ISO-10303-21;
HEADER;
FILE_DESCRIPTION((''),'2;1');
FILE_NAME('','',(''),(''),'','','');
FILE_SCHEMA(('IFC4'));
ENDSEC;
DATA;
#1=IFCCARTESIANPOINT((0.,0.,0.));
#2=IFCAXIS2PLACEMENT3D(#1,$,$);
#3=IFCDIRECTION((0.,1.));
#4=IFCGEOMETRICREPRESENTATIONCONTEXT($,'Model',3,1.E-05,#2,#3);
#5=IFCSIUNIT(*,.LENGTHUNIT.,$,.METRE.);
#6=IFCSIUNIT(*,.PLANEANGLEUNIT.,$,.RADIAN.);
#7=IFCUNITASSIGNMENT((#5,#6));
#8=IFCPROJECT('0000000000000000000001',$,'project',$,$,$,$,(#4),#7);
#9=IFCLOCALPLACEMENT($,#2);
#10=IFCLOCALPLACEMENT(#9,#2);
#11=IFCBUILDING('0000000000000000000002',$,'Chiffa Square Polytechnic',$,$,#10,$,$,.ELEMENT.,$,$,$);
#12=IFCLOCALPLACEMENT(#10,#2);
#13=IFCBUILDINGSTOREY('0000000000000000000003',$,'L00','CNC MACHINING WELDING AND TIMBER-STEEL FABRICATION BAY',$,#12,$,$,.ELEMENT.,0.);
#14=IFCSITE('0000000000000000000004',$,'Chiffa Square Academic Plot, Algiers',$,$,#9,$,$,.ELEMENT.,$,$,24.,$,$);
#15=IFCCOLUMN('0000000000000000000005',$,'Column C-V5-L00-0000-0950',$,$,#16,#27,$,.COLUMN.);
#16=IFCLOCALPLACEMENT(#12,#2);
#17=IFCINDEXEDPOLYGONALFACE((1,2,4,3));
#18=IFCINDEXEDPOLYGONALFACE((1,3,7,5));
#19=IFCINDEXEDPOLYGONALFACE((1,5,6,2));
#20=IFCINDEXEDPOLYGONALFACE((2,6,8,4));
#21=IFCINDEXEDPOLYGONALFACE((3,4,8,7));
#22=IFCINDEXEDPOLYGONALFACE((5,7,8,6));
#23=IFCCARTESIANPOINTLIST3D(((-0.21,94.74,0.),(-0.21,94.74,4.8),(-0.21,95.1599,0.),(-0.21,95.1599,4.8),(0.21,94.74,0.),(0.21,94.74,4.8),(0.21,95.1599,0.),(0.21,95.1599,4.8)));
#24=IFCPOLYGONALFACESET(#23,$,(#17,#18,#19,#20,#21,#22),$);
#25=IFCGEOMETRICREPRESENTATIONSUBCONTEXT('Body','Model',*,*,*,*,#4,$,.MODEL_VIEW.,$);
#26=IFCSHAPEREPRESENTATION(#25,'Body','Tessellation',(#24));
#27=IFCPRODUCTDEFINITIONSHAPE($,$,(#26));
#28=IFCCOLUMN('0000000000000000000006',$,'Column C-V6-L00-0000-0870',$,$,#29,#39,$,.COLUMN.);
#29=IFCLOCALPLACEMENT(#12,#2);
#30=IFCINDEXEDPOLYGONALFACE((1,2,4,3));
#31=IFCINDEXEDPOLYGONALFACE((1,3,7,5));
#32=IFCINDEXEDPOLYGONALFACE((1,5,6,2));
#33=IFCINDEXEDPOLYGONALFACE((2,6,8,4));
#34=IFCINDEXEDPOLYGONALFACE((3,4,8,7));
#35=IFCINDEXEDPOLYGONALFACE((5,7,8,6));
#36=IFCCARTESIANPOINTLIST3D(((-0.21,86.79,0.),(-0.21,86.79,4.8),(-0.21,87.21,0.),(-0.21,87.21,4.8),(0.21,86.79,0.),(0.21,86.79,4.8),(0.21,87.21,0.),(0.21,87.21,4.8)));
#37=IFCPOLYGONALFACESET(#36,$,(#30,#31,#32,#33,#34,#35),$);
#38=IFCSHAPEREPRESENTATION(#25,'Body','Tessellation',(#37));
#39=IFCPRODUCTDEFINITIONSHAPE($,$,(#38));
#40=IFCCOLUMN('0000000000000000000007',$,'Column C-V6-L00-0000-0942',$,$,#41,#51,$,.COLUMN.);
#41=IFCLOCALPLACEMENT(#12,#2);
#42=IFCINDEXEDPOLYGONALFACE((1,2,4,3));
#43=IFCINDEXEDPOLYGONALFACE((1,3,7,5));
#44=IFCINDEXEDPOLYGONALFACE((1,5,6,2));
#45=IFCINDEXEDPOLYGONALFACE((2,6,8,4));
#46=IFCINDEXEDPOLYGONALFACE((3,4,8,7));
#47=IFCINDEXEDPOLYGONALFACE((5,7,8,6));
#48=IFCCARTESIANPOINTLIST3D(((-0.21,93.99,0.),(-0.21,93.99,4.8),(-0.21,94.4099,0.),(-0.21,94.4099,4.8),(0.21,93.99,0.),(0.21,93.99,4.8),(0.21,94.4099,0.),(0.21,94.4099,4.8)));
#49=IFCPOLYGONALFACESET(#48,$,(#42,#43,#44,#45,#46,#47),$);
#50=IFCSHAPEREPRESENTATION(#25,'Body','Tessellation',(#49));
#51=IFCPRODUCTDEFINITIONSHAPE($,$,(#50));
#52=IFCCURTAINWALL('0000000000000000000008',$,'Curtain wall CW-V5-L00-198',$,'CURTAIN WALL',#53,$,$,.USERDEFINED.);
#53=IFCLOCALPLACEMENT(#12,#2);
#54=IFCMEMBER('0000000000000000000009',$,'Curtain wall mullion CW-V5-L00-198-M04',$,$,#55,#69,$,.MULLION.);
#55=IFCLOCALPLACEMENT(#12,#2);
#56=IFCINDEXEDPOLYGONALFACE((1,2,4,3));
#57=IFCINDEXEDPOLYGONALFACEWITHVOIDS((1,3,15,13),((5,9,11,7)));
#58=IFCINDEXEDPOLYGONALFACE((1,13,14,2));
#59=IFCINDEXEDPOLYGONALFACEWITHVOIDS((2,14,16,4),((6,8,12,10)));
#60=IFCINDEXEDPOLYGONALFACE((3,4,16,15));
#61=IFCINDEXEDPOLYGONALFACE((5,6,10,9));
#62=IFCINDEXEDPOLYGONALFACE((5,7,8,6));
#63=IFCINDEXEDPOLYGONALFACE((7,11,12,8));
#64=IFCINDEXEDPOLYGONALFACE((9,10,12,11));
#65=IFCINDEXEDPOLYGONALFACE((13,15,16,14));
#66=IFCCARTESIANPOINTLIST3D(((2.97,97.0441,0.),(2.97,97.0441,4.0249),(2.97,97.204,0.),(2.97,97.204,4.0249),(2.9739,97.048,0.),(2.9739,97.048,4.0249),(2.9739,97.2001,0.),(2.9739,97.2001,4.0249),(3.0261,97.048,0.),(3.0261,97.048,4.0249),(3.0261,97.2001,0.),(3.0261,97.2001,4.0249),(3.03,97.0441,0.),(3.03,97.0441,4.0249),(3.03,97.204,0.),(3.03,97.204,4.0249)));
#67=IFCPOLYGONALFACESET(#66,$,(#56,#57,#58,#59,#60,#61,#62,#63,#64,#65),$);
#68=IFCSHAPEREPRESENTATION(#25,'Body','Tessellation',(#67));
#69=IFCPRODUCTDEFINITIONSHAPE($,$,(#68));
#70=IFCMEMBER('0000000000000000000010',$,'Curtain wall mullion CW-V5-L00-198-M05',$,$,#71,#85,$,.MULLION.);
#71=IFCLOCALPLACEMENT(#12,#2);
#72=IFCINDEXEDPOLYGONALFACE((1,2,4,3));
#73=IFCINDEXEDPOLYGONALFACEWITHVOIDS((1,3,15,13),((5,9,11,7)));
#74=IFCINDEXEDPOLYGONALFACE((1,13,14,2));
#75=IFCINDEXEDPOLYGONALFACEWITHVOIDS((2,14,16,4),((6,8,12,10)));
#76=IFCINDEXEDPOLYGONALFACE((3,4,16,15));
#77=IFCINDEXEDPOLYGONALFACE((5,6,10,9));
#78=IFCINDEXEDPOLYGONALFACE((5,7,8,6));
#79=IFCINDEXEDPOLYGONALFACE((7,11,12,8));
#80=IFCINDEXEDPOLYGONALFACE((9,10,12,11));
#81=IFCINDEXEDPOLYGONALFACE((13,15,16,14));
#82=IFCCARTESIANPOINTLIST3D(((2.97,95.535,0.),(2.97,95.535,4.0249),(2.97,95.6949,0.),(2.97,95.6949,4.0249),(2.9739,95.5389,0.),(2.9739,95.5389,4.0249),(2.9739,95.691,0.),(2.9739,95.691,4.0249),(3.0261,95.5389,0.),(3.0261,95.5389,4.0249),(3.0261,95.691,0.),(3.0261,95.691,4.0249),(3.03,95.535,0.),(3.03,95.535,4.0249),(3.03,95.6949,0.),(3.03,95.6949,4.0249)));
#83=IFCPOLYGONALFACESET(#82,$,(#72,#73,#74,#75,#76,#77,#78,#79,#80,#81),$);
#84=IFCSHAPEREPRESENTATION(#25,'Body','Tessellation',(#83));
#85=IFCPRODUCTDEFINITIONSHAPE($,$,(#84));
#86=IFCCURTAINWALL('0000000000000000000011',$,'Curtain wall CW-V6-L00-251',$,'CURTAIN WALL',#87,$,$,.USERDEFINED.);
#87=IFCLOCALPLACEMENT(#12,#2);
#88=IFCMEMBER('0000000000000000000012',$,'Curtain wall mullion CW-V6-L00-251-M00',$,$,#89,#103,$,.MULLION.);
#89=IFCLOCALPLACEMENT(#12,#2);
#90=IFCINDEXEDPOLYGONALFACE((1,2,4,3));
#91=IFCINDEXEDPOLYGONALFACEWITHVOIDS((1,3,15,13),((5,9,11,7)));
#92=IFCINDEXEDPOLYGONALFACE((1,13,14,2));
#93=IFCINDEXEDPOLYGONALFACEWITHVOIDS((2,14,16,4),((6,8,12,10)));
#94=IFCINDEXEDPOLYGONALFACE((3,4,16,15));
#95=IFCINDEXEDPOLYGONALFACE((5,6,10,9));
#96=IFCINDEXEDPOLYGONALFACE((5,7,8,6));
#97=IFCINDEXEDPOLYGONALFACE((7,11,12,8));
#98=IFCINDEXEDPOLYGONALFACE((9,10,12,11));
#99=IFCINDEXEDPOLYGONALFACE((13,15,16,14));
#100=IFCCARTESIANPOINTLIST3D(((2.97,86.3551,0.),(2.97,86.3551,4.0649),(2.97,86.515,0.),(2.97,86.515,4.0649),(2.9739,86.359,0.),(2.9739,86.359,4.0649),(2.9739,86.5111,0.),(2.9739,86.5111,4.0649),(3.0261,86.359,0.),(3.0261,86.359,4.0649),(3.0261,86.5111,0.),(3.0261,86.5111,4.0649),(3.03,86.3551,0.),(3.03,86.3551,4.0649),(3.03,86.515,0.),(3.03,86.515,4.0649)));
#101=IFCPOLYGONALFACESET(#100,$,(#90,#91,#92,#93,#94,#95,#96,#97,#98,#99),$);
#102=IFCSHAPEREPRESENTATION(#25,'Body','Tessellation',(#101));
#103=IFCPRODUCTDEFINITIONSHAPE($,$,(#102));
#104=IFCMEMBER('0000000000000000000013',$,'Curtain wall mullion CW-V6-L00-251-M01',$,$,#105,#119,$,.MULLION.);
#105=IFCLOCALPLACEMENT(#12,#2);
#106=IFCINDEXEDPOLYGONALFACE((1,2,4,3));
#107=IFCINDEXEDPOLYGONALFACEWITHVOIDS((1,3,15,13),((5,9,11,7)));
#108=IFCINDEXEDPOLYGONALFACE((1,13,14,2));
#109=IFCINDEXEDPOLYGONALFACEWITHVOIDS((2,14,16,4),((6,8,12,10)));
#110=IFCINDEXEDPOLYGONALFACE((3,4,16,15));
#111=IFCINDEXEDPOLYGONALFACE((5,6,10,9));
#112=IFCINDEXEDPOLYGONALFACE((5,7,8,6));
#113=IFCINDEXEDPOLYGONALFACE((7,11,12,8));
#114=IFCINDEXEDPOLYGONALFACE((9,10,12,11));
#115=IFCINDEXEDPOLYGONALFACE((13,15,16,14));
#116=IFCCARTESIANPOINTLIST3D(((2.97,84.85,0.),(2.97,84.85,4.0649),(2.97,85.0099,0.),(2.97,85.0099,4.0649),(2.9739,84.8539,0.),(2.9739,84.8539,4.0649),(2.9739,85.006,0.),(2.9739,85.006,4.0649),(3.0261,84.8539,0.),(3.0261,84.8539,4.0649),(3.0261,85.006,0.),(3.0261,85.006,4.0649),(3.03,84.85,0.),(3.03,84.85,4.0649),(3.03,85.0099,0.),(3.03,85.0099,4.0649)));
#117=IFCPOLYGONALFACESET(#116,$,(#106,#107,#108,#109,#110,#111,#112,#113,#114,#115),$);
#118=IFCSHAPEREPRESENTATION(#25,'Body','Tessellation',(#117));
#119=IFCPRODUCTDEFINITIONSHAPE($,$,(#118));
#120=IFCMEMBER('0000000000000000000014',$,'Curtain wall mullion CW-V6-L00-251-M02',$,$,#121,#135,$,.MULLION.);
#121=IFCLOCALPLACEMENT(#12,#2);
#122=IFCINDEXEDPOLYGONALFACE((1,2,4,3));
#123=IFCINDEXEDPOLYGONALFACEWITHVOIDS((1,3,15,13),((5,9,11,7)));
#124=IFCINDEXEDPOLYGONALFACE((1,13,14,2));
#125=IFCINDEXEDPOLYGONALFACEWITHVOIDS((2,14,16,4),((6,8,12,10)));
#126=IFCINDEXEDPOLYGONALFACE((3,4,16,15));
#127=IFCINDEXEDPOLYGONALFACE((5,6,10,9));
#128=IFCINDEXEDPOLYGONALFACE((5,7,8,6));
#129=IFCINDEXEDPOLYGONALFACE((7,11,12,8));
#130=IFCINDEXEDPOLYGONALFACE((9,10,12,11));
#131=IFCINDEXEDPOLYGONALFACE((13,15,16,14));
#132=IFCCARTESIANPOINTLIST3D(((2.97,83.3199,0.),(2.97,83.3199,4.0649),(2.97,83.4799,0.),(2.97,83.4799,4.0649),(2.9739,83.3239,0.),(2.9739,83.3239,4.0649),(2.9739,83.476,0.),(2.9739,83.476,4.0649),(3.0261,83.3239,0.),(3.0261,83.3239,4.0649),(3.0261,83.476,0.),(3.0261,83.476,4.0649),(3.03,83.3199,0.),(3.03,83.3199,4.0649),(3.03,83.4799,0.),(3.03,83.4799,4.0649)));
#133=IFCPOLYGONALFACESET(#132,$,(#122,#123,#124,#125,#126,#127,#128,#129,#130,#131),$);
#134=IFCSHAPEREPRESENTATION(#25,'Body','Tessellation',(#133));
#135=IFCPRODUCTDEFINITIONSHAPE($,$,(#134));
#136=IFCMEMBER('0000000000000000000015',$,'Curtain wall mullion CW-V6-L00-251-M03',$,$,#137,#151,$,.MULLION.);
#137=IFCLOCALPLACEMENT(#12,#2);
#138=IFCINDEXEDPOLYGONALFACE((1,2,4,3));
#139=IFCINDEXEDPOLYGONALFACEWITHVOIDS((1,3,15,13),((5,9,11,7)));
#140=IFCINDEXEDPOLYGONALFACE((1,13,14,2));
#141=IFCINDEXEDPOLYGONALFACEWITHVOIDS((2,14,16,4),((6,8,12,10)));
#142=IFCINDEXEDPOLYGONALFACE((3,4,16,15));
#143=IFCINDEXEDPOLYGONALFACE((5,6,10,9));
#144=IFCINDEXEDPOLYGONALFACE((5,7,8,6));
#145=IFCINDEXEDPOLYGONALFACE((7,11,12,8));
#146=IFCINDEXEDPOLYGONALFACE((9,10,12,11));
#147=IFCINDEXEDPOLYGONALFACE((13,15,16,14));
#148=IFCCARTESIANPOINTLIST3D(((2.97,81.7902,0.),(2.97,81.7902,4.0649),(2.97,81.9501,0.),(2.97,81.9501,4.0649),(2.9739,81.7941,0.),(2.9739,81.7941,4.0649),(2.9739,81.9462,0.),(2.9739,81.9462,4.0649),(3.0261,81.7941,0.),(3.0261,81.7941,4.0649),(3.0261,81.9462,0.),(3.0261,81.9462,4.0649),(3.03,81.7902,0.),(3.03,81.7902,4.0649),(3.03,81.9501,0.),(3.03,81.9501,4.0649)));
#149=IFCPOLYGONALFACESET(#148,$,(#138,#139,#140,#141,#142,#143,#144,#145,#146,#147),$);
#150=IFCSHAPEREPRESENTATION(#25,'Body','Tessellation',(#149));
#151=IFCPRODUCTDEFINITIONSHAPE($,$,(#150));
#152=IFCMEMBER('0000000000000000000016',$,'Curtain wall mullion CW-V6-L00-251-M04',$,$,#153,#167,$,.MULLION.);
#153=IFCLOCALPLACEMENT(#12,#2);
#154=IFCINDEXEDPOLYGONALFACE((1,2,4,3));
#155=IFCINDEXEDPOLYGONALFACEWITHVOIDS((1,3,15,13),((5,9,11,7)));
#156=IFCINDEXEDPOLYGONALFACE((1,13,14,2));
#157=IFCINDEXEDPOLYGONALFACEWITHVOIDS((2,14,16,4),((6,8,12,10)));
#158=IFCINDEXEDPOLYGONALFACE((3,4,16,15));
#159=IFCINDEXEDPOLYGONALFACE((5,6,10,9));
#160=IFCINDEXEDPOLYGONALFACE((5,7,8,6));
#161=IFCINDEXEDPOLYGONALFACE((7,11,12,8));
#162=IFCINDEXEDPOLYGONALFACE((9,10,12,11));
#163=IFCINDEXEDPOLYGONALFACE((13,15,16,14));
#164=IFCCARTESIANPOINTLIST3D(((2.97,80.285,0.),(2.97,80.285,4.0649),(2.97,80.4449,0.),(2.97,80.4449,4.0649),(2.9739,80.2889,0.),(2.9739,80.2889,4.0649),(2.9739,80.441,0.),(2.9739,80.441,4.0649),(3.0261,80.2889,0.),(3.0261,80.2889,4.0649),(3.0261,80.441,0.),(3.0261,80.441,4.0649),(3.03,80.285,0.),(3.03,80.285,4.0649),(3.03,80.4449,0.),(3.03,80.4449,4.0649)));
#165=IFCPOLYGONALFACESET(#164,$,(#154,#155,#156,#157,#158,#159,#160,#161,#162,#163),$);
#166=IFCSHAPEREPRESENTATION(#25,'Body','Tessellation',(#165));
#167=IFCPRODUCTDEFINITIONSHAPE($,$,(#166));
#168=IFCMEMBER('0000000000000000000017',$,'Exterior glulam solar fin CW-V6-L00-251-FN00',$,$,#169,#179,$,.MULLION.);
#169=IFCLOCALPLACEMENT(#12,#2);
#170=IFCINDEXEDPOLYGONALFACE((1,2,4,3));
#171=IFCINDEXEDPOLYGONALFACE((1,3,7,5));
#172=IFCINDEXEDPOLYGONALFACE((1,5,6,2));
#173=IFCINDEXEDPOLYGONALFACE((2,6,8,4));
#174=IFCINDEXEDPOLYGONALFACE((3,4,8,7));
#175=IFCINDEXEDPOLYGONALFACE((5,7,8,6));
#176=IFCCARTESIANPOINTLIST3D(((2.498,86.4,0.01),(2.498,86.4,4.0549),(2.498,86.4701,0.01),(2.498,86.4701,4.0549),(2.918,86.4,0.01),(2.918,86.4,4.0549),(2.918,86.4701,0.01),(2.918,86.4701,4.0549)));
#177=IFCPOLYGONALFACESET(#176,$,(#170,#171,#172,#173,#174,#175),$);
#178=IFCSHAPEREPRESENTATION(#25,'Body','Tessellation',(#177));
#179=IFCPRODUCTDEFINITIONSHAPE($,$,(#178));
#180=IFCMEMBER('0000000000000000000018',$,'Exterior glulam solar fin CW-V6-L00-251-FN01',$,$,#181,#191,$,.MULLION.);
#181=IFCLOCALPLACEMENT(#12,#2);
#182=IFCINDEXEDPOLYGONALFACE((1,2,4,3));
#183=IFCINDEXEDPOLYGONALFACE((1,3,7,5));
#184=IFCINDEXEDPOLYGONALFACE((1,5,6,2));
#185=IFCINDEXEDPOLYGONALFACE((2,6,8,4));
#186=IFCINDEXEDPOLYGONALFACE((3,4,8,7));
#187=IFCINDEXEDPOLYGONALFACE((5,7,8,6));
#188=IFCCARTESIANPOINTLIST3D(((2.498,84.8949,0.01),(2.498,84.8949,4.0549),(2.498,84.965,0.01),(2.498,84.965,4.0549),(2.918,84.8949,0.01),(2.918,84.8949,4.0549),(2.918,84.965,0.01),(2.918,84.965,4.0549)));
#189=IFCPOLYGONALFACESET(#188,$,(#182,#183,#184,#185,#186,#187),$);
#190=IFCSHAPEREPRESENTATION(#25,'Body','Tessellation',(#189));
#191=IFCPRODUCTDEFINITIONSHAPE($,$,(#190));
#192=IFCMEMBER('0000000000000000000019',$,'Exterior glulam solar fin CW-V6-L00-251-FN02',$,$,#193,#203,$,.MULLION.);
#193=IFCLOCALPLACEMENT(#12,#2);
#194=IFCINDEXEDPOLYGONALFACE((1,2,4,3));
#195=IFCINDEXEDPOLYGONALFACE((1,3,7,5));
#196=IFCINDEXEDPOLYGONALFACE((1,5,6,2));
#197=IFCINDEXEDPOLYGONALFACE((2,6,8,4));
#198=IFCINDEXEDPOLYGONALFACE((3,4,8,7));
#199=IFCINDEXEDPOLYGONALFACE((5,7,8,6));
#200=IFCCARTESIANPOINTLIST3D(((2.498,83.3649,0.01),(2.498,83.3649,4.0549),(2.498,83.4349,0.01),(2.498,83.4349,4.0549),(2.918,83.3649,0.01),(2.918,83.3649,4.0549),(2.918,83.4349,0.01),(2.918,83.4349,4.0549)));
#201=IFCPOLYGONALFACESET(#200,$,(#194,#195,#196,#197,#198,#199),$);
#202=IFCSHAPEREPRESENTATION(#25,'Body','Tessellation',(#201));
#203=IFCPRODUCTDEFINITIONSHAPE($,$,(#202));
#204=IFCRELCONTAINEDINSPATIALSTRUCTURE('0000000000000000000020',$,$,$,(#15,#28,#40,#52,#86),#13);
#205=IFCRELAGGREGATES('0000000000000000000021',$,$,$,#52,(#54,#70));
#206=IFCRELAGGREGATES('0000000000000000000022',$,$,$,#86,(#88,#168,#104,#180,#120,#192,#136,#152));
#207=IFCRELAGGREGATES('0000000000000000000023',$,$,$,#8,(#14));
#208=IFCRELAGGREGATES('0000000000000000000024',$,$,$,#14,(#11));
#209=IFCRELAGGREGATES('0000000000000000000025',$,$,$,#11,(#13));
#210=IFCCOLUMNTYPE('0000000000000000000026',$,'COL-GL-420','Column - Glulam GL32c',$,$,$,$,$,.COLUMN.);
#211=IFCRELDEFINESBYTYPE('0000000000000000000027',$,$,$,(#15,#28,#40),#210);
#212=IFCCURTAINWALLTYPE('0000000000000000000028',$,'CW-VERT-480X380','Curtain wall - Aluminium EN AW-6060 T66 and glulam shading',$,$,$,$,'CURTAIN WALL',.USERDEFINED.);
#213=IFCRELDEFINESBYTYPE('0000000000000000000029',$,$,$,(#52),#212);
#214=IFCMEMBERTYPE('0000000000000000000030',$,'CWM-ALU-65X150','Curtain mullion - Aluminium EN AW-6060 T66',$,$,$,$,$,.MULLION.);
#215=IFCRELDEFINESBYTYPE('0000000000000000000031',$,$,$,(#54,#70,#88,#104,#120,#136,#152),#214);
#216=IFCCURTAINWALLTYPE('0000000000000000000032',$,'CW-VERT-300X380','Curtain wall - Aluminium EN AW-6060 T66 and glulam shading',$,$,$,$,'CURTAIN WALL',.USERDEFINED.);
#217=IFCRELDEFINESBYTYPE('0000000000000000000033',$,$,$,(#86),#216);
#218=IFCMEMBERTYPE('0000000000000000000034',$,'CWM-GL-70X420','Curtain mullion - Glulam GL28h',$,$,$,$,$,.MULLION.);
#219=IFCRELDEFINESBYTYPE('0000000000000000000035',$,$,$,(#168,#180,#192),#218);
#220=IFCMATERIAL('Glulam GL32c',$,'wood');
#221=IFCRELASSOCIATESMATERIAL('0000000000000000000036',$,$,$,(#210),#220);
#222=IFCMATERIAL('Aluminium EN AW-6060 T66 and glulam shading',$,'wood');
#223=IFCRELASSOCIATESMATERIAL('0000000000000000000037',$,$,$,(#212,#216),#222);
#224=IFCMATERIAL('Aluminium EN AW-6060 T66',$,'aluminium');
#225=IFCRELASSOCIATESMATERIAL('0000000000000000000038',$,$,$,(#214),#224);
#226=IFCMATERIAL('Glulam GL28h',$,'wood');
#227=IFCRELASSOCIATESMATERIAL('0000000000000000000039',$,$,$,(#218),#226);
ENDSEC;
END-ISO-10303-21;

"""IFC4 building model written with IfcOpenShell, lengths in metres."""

from ifc_helpers import new_model, si_unit, direction, frame, origin, origin_2d, place, context, subcontext, project, spatial, rectangle, hollow_rectangle, extrude, material, material_profile, profile_set, type_object, element, aggregate, save


model = new_model("IFC4")

# Units and contexts
model_context = context("Model", 3, precision=1e-05, world=origin(), true_north=direction((0.0, 1.0)))
body_context = subcontext(model_context, "Body", "Model", "MODEL_VIEW")
ifc_project = project(units=[si_unit("LENGTHUNIT", "METRE"), si_unit("PLANEANGLEUNIT", "RADIAN")], contexts=[model_context])

# Site, building, storey
site_placement = place(None, origin())
site = spatial("IfcSite", under=ifc_project, at=site_placement, Name="Chiffa Square Academic Plot, Algiers", CompositionType="ELEMENT", RefElevation=24.0)
building_placement = place(site_placement, origin())
building = spatial("IfcBuilding", under=site, at=building_placement, Name="Chiffa Square Polytechnic", CompositionType="ELEMENT")
storey_placement = place(building_placement, origin())
storey = spatial("IfcBuildingStorey", under=building, at=storey_placement, Name="L00", Description="CNC MACHINING WELDING AND TIMBER-STEEL FABRICATION BAY", CompositionType="ELEMENT", Elevation=0.0)

# Columns
ifc_material_1 = material(Name="Glulam GL32c", Category="wood")
ifc_material_profile_1 = material_profile(ifc_material_1, rectangle(XDim=0.4199, YDim=0.4199, at=origin_2d()), Name="GL32c 420x420")
ifc_profile_set_1 = profile_set([ifc_material_profile_1], Name="Glulam GL32c")
column_type = type_object("IfcColumnType", Name="COL-GL-420", Description="Column - Glulam GL32c", PredefinedType="COLUMN", material=ifc_profile_set_1)
for number, where, z_axis, x_axis, name in (
    (1, (0.0, 94.95, 0.0), (0.0, 0.0, 1.0), (1.0, 0.0, 0.0), "Column C-V5-L00-0000-0950"),
    (2, (0.0, 87.0, 0.0), (0.0, 0.0, 1.0), (1.0, 0.0, 0.0), "Column C-V6-L00-0000-0870"),
    (3, (0.0, 94.2, 0.0), (0.0, 0.0, 1.0), (1.0, 0.0, 0.0), "Column C-V6-L00-0000-0942"),
):
    element("IfcColumn", number, at=place(storey_placement, frame(where, z_axis=z_axis, x_axis=x_axis)), inside=storey, type_object=column_type, Name=name, PredefinedType="COLUMN", context=body_context, shape_type="SweptSolid", body=[
        extrude(rectangle(XDim=0.4199, YDim=0.4199, at=origin_2d()), origin(), (0.0, 0.0, 1.0), 4.8),
    ])

# Curtain walls, members
ifc_material_2 = material(Name="Aluminium EN AW-6060 T66 and glulam shading", Category="wood")
curtain_wall_type_1 = type_object("IfcCurtainWallType", Name="CW-VERT-480X380", Description="Curtain wall - Aluminium EN AW-6060 T66 and glulam shading", ElementType="CURTAIN WALL", PredefinedType="USERDEFINED", material=ifc_material_2)
curtain_wall_1_placement = place(storey_placement, origin())
curtain_wall_1 = element("IfcCurtainWall", 4, at=curtain_wall_1_placement, inside=storey, type_object=curtain_wall_type_1, Name="Curtain wall CW-V5-L00-198", ObjectType="CURTAIN WALL", PredefinedType="USERDEFINED")
ifc_material_3 = material(Name="Aluminium EN AW-6060 T66", Category="aluminium")
ifc_material_profile_2 = material_profile(ifc_material_3, hollow_rectangle(XDim=0.0601, YDim=0.1599, WallThickness=0.0039, at=origin_2d()), Name="ALU 60x160x4")
ifc_profile_set_2 = profile_set([ifc_material_profile_2], Name="Aluminium EN AW-6060 T66")
member_type_1 = type_object("IfcMemberType", Name="CWM-ALU-65X150", Description="Curtain mullion - Aluminium EN AW-6060 T66", PredefinedType="MULLION", material=ifc_profile_set_2)
member_1_placement = place(storey_placement, frame((3.0, 97.124, 0.0), z_axis=(0.0, 0.0, 1.0), x_axis=(1.0, 0.0, 0.0)))
member_1 = element("IfcMember", 5, at=member_1_placement, type_object=member_type_1, Name="Curtain wall mullion CW-V5-L00-198-M04", PredefinedType="MULLION", context=body_context, shape_type="SweptSolid", body=[
    extrude(hollow_rectangle(XDim=0.0601, YDim=0.1599, WallThickness=0.0039, at=origin_2d()), origin(), (0.0, 0.0, 1.0), 4.0249),
])
member_2_placement = place(storey_placement, frame((3.0, 95.615, 0.0), z_axis=(0.0, 0.0, 1.0), x_axis=(1.0, 0.0, 0.0)))
member_2 = element("IfcMember", 6, at=member_2_placement, type_object=member_type_1, Name="Curtain wall mullion CW-V5-L00-198-M05", PredefinedType="MULLION", context=body_context, shape_type="SweptSolid", body=[
    extrude(hollow_rectangle(XDim=0.0601, YDim=0.1599, WallThickness=0.0039, at=origin_2d()), origin(), (0.0, 0.0, 1.0), 4.0249),
])
curtain_wall_type_2 = type_object("IfcCurtainWallType", Name="CW-VERT-300X380", Description="Curtain wall - Aluminium EN AW-6060 T66 and glulam shading", ElementType="CURTAIN WALL", PredefinedType="USERDEFINED", material=ifc_material_2)
curtain_wall_2_placement = place(storey_placement, origin())
curtain_wall_2 = element("IfcCurtainWall", 7, at=curtain_wall_2_placement, inside=storey, type_object=curtain_wall_type_2, Name="Curtain wall CW-V6-L00-251", ObjectType="CURTAIN WALL", PredefinedType="USERDEFINED")
member_3_placement = place(storey_placement, frame((3.0, 86.4351, 0.0), z_axis=(0.0, 0.0, 1.0), x_axis=(1.0, 0.0, 0.0)))
member_3 = element("IfcMember", 8, at=member_3_placement, type_object=member_type_1, Name="Curtain wall mullion CW-V6-L00-251-M00", PredefinedType="MULLION", context=body_context, shape_type="SweptSolid", body=[
    extrude(hollow_rectangle(XDim=0.0601, YDim=0.1599, WallThickness=0.0039, at=origin_2d()), origin(), (0.0, 0.0, 1.0), 4.0649),
])
member_4_placement = place(storey_placement, frame((3.0, 84.9299, 0.0), z_axis=(0.0, 0.0, 1.0), x_axis=(1.0, 0.0, 0.0)))
member_4 = element("IfcMember", 9, at=member_4_placement, type_object=member_type_1, Name="Curtain wall mullion CW-V6-L00-251-M01", PredefinedType="MULLION", context=body_context, shape_type="SweptSolid", body=[
    extrude(hollow_rectangle(XDim=0.0601, YDim=0.1599, WallThickness=0.0039, at=origin_2d()), origin(), (0.0, 0.0, 1.0), 4.0649),
])
member_5_placement = place(storey_placement, frame((3.0, 83.3999, 0.0), z_axis=(0.0, 0.0, 1.0), x_axis=(1.0, 0.0, 0.0)))
member_5 = element("IfcMember", 10, at=member_5_placement, type_object=member_type_1, Name="Curtain wall mullion CW-V6-L00-251-M02", PredefinedType="MULLION", context=body_context, shape_type="SweptSolid", body=[
    extrude(hollow_rectangle(XDim=0.0601, YDim=0.1599, WallThickness=0.0039, at=origin_2d()), origin(), (0.0, 0.0, 1.0), 4.0649),
])
member_6_placement = place(storey_placement, frame((3.0, 81.8701, 0.0), z_axis=(0.0, 0.0, 1.0), x_axis=(1.0, 0.0, 0.0)))
member_6 = element("IfcMember", 11, at=member_6_placement, type_object=member_type_1, Name="Curtain wall mullion CW-V6-L00-251-M03", PredefinedType="MULLION", context=body_context, shape_type="SweptSolid", body=[
    extrude(hollow_rectangle(XDim=0.0601, YDim=0.1599, WallThickness=0.0039, at=origin_2d()), origin(), (0.0, 0.0, 1.0), 4.0649),
])
member_7_placement = place(storey_placement, frame((3.0, 80.365, 0.0), z_axis=(0.0, 0.0, 1.0), x_axis=(1.0, 0.0, 0.0)))
member_7 = element("IfcMember", 12, at=member_7_placement, type_object=member_type_1, Name="Curtain wall mullion CW-V6-L00-251-M04", PredefinedType="MULLION", context=body_context, shape_type="SweptSolid", body=[
    extrude(hollow_rectangle(XDim=0.0601, YDim=0.1599, WallThickness=0.0039, at=origin_2d()), origin(), (0.0, 0.0, 1.0), 4.0649),
])
ifc_material_4 = material(Name="Glulam GL28h", Category="wood")
ifc_material_profile_3 = material_profile(ifc_material_4, rectangle(XDim=0.0701, YDim=0.4199, at=origin_2d()), Name="GL28h 70x420")
ifc_profile_set_3 = profile_set([ifc_material_profile_3], Name="Glulam GL28h")
member_type_2 = type_object("IfcMemberType", Name="CWM-GL-70X420", Description="Curtain mullion - Glulam GL28h", PredefinedType="MULLION", material=ifc_profile_set_3)
member_8_placement = place(storey_placement, frame((2.708, 86.4351, 0.01), z_axis=(0.0, 0.0, 1.0), x_axis=(0.0, -1.0, 0.0)))
member_8 = element("IfcMember", 13, at=member_8_placement, type_object=member_type_2, Name="Exterior glulam solar fin CW-V6-L00-251-FN00", PredefinedType="MULLION", context=body_context, shape_type="SweptSolid", body=[
    extrude(rectangle(XDim=0.0701, YDim=0.4199, at=origin_2d()), origin(), (0.0, 0.0, 1.0), 4.0449),
])
member_9_placement = place(storey_placement, frame((2.708, 84.9299, 0.01), z_axis=(0.0, 0.0, 1.0), x_axis=(0.0, -1.0, 0.0)))
member_9 = element("IfcMember", 14, at=member_9_placement, type_object=member_type_2, Name="Exterior glulam solar fin CW-V6-L00-251-FN01", PredefinedType="MULLION", context=body_context, shape_type="SweptSolid", body=[
    extrude(rectangle(XDim=0.0701, YDim=0.4199, at=origin_2d()), origin(), (0.0, 0.0, 1.0), 4.0449),
])
member_10_placement = place(storey_placement, frame((2.708, 83.3999, 0.01), z_axis=(0.0, 0.0, 1.0), x_axis=(0.0, -1.0, 0.0)))
member_10 = element("IfcMember", 15, at=member_10_placement, type_object=member_type_2, Name="Exterior glulam solar fin CW-V6-L00-251-FN02", PredefinedType="MULLION", context=body_context, shape_type="SweptSolid", body=[
    extrude(rectangle(XDim=0.0701, YDim=0.4199, at=origin_2d()), origin(), (0.0, 0.0, 1.0), 4.0449),
])

aggregate(curtain_wall_1, [member_1, member_2])
aggregate(curtain_wall_2, [member_3, member_8, member_4, member_9, member_5, member_10, member_6, member_7])

save(model, "model.ifc")
